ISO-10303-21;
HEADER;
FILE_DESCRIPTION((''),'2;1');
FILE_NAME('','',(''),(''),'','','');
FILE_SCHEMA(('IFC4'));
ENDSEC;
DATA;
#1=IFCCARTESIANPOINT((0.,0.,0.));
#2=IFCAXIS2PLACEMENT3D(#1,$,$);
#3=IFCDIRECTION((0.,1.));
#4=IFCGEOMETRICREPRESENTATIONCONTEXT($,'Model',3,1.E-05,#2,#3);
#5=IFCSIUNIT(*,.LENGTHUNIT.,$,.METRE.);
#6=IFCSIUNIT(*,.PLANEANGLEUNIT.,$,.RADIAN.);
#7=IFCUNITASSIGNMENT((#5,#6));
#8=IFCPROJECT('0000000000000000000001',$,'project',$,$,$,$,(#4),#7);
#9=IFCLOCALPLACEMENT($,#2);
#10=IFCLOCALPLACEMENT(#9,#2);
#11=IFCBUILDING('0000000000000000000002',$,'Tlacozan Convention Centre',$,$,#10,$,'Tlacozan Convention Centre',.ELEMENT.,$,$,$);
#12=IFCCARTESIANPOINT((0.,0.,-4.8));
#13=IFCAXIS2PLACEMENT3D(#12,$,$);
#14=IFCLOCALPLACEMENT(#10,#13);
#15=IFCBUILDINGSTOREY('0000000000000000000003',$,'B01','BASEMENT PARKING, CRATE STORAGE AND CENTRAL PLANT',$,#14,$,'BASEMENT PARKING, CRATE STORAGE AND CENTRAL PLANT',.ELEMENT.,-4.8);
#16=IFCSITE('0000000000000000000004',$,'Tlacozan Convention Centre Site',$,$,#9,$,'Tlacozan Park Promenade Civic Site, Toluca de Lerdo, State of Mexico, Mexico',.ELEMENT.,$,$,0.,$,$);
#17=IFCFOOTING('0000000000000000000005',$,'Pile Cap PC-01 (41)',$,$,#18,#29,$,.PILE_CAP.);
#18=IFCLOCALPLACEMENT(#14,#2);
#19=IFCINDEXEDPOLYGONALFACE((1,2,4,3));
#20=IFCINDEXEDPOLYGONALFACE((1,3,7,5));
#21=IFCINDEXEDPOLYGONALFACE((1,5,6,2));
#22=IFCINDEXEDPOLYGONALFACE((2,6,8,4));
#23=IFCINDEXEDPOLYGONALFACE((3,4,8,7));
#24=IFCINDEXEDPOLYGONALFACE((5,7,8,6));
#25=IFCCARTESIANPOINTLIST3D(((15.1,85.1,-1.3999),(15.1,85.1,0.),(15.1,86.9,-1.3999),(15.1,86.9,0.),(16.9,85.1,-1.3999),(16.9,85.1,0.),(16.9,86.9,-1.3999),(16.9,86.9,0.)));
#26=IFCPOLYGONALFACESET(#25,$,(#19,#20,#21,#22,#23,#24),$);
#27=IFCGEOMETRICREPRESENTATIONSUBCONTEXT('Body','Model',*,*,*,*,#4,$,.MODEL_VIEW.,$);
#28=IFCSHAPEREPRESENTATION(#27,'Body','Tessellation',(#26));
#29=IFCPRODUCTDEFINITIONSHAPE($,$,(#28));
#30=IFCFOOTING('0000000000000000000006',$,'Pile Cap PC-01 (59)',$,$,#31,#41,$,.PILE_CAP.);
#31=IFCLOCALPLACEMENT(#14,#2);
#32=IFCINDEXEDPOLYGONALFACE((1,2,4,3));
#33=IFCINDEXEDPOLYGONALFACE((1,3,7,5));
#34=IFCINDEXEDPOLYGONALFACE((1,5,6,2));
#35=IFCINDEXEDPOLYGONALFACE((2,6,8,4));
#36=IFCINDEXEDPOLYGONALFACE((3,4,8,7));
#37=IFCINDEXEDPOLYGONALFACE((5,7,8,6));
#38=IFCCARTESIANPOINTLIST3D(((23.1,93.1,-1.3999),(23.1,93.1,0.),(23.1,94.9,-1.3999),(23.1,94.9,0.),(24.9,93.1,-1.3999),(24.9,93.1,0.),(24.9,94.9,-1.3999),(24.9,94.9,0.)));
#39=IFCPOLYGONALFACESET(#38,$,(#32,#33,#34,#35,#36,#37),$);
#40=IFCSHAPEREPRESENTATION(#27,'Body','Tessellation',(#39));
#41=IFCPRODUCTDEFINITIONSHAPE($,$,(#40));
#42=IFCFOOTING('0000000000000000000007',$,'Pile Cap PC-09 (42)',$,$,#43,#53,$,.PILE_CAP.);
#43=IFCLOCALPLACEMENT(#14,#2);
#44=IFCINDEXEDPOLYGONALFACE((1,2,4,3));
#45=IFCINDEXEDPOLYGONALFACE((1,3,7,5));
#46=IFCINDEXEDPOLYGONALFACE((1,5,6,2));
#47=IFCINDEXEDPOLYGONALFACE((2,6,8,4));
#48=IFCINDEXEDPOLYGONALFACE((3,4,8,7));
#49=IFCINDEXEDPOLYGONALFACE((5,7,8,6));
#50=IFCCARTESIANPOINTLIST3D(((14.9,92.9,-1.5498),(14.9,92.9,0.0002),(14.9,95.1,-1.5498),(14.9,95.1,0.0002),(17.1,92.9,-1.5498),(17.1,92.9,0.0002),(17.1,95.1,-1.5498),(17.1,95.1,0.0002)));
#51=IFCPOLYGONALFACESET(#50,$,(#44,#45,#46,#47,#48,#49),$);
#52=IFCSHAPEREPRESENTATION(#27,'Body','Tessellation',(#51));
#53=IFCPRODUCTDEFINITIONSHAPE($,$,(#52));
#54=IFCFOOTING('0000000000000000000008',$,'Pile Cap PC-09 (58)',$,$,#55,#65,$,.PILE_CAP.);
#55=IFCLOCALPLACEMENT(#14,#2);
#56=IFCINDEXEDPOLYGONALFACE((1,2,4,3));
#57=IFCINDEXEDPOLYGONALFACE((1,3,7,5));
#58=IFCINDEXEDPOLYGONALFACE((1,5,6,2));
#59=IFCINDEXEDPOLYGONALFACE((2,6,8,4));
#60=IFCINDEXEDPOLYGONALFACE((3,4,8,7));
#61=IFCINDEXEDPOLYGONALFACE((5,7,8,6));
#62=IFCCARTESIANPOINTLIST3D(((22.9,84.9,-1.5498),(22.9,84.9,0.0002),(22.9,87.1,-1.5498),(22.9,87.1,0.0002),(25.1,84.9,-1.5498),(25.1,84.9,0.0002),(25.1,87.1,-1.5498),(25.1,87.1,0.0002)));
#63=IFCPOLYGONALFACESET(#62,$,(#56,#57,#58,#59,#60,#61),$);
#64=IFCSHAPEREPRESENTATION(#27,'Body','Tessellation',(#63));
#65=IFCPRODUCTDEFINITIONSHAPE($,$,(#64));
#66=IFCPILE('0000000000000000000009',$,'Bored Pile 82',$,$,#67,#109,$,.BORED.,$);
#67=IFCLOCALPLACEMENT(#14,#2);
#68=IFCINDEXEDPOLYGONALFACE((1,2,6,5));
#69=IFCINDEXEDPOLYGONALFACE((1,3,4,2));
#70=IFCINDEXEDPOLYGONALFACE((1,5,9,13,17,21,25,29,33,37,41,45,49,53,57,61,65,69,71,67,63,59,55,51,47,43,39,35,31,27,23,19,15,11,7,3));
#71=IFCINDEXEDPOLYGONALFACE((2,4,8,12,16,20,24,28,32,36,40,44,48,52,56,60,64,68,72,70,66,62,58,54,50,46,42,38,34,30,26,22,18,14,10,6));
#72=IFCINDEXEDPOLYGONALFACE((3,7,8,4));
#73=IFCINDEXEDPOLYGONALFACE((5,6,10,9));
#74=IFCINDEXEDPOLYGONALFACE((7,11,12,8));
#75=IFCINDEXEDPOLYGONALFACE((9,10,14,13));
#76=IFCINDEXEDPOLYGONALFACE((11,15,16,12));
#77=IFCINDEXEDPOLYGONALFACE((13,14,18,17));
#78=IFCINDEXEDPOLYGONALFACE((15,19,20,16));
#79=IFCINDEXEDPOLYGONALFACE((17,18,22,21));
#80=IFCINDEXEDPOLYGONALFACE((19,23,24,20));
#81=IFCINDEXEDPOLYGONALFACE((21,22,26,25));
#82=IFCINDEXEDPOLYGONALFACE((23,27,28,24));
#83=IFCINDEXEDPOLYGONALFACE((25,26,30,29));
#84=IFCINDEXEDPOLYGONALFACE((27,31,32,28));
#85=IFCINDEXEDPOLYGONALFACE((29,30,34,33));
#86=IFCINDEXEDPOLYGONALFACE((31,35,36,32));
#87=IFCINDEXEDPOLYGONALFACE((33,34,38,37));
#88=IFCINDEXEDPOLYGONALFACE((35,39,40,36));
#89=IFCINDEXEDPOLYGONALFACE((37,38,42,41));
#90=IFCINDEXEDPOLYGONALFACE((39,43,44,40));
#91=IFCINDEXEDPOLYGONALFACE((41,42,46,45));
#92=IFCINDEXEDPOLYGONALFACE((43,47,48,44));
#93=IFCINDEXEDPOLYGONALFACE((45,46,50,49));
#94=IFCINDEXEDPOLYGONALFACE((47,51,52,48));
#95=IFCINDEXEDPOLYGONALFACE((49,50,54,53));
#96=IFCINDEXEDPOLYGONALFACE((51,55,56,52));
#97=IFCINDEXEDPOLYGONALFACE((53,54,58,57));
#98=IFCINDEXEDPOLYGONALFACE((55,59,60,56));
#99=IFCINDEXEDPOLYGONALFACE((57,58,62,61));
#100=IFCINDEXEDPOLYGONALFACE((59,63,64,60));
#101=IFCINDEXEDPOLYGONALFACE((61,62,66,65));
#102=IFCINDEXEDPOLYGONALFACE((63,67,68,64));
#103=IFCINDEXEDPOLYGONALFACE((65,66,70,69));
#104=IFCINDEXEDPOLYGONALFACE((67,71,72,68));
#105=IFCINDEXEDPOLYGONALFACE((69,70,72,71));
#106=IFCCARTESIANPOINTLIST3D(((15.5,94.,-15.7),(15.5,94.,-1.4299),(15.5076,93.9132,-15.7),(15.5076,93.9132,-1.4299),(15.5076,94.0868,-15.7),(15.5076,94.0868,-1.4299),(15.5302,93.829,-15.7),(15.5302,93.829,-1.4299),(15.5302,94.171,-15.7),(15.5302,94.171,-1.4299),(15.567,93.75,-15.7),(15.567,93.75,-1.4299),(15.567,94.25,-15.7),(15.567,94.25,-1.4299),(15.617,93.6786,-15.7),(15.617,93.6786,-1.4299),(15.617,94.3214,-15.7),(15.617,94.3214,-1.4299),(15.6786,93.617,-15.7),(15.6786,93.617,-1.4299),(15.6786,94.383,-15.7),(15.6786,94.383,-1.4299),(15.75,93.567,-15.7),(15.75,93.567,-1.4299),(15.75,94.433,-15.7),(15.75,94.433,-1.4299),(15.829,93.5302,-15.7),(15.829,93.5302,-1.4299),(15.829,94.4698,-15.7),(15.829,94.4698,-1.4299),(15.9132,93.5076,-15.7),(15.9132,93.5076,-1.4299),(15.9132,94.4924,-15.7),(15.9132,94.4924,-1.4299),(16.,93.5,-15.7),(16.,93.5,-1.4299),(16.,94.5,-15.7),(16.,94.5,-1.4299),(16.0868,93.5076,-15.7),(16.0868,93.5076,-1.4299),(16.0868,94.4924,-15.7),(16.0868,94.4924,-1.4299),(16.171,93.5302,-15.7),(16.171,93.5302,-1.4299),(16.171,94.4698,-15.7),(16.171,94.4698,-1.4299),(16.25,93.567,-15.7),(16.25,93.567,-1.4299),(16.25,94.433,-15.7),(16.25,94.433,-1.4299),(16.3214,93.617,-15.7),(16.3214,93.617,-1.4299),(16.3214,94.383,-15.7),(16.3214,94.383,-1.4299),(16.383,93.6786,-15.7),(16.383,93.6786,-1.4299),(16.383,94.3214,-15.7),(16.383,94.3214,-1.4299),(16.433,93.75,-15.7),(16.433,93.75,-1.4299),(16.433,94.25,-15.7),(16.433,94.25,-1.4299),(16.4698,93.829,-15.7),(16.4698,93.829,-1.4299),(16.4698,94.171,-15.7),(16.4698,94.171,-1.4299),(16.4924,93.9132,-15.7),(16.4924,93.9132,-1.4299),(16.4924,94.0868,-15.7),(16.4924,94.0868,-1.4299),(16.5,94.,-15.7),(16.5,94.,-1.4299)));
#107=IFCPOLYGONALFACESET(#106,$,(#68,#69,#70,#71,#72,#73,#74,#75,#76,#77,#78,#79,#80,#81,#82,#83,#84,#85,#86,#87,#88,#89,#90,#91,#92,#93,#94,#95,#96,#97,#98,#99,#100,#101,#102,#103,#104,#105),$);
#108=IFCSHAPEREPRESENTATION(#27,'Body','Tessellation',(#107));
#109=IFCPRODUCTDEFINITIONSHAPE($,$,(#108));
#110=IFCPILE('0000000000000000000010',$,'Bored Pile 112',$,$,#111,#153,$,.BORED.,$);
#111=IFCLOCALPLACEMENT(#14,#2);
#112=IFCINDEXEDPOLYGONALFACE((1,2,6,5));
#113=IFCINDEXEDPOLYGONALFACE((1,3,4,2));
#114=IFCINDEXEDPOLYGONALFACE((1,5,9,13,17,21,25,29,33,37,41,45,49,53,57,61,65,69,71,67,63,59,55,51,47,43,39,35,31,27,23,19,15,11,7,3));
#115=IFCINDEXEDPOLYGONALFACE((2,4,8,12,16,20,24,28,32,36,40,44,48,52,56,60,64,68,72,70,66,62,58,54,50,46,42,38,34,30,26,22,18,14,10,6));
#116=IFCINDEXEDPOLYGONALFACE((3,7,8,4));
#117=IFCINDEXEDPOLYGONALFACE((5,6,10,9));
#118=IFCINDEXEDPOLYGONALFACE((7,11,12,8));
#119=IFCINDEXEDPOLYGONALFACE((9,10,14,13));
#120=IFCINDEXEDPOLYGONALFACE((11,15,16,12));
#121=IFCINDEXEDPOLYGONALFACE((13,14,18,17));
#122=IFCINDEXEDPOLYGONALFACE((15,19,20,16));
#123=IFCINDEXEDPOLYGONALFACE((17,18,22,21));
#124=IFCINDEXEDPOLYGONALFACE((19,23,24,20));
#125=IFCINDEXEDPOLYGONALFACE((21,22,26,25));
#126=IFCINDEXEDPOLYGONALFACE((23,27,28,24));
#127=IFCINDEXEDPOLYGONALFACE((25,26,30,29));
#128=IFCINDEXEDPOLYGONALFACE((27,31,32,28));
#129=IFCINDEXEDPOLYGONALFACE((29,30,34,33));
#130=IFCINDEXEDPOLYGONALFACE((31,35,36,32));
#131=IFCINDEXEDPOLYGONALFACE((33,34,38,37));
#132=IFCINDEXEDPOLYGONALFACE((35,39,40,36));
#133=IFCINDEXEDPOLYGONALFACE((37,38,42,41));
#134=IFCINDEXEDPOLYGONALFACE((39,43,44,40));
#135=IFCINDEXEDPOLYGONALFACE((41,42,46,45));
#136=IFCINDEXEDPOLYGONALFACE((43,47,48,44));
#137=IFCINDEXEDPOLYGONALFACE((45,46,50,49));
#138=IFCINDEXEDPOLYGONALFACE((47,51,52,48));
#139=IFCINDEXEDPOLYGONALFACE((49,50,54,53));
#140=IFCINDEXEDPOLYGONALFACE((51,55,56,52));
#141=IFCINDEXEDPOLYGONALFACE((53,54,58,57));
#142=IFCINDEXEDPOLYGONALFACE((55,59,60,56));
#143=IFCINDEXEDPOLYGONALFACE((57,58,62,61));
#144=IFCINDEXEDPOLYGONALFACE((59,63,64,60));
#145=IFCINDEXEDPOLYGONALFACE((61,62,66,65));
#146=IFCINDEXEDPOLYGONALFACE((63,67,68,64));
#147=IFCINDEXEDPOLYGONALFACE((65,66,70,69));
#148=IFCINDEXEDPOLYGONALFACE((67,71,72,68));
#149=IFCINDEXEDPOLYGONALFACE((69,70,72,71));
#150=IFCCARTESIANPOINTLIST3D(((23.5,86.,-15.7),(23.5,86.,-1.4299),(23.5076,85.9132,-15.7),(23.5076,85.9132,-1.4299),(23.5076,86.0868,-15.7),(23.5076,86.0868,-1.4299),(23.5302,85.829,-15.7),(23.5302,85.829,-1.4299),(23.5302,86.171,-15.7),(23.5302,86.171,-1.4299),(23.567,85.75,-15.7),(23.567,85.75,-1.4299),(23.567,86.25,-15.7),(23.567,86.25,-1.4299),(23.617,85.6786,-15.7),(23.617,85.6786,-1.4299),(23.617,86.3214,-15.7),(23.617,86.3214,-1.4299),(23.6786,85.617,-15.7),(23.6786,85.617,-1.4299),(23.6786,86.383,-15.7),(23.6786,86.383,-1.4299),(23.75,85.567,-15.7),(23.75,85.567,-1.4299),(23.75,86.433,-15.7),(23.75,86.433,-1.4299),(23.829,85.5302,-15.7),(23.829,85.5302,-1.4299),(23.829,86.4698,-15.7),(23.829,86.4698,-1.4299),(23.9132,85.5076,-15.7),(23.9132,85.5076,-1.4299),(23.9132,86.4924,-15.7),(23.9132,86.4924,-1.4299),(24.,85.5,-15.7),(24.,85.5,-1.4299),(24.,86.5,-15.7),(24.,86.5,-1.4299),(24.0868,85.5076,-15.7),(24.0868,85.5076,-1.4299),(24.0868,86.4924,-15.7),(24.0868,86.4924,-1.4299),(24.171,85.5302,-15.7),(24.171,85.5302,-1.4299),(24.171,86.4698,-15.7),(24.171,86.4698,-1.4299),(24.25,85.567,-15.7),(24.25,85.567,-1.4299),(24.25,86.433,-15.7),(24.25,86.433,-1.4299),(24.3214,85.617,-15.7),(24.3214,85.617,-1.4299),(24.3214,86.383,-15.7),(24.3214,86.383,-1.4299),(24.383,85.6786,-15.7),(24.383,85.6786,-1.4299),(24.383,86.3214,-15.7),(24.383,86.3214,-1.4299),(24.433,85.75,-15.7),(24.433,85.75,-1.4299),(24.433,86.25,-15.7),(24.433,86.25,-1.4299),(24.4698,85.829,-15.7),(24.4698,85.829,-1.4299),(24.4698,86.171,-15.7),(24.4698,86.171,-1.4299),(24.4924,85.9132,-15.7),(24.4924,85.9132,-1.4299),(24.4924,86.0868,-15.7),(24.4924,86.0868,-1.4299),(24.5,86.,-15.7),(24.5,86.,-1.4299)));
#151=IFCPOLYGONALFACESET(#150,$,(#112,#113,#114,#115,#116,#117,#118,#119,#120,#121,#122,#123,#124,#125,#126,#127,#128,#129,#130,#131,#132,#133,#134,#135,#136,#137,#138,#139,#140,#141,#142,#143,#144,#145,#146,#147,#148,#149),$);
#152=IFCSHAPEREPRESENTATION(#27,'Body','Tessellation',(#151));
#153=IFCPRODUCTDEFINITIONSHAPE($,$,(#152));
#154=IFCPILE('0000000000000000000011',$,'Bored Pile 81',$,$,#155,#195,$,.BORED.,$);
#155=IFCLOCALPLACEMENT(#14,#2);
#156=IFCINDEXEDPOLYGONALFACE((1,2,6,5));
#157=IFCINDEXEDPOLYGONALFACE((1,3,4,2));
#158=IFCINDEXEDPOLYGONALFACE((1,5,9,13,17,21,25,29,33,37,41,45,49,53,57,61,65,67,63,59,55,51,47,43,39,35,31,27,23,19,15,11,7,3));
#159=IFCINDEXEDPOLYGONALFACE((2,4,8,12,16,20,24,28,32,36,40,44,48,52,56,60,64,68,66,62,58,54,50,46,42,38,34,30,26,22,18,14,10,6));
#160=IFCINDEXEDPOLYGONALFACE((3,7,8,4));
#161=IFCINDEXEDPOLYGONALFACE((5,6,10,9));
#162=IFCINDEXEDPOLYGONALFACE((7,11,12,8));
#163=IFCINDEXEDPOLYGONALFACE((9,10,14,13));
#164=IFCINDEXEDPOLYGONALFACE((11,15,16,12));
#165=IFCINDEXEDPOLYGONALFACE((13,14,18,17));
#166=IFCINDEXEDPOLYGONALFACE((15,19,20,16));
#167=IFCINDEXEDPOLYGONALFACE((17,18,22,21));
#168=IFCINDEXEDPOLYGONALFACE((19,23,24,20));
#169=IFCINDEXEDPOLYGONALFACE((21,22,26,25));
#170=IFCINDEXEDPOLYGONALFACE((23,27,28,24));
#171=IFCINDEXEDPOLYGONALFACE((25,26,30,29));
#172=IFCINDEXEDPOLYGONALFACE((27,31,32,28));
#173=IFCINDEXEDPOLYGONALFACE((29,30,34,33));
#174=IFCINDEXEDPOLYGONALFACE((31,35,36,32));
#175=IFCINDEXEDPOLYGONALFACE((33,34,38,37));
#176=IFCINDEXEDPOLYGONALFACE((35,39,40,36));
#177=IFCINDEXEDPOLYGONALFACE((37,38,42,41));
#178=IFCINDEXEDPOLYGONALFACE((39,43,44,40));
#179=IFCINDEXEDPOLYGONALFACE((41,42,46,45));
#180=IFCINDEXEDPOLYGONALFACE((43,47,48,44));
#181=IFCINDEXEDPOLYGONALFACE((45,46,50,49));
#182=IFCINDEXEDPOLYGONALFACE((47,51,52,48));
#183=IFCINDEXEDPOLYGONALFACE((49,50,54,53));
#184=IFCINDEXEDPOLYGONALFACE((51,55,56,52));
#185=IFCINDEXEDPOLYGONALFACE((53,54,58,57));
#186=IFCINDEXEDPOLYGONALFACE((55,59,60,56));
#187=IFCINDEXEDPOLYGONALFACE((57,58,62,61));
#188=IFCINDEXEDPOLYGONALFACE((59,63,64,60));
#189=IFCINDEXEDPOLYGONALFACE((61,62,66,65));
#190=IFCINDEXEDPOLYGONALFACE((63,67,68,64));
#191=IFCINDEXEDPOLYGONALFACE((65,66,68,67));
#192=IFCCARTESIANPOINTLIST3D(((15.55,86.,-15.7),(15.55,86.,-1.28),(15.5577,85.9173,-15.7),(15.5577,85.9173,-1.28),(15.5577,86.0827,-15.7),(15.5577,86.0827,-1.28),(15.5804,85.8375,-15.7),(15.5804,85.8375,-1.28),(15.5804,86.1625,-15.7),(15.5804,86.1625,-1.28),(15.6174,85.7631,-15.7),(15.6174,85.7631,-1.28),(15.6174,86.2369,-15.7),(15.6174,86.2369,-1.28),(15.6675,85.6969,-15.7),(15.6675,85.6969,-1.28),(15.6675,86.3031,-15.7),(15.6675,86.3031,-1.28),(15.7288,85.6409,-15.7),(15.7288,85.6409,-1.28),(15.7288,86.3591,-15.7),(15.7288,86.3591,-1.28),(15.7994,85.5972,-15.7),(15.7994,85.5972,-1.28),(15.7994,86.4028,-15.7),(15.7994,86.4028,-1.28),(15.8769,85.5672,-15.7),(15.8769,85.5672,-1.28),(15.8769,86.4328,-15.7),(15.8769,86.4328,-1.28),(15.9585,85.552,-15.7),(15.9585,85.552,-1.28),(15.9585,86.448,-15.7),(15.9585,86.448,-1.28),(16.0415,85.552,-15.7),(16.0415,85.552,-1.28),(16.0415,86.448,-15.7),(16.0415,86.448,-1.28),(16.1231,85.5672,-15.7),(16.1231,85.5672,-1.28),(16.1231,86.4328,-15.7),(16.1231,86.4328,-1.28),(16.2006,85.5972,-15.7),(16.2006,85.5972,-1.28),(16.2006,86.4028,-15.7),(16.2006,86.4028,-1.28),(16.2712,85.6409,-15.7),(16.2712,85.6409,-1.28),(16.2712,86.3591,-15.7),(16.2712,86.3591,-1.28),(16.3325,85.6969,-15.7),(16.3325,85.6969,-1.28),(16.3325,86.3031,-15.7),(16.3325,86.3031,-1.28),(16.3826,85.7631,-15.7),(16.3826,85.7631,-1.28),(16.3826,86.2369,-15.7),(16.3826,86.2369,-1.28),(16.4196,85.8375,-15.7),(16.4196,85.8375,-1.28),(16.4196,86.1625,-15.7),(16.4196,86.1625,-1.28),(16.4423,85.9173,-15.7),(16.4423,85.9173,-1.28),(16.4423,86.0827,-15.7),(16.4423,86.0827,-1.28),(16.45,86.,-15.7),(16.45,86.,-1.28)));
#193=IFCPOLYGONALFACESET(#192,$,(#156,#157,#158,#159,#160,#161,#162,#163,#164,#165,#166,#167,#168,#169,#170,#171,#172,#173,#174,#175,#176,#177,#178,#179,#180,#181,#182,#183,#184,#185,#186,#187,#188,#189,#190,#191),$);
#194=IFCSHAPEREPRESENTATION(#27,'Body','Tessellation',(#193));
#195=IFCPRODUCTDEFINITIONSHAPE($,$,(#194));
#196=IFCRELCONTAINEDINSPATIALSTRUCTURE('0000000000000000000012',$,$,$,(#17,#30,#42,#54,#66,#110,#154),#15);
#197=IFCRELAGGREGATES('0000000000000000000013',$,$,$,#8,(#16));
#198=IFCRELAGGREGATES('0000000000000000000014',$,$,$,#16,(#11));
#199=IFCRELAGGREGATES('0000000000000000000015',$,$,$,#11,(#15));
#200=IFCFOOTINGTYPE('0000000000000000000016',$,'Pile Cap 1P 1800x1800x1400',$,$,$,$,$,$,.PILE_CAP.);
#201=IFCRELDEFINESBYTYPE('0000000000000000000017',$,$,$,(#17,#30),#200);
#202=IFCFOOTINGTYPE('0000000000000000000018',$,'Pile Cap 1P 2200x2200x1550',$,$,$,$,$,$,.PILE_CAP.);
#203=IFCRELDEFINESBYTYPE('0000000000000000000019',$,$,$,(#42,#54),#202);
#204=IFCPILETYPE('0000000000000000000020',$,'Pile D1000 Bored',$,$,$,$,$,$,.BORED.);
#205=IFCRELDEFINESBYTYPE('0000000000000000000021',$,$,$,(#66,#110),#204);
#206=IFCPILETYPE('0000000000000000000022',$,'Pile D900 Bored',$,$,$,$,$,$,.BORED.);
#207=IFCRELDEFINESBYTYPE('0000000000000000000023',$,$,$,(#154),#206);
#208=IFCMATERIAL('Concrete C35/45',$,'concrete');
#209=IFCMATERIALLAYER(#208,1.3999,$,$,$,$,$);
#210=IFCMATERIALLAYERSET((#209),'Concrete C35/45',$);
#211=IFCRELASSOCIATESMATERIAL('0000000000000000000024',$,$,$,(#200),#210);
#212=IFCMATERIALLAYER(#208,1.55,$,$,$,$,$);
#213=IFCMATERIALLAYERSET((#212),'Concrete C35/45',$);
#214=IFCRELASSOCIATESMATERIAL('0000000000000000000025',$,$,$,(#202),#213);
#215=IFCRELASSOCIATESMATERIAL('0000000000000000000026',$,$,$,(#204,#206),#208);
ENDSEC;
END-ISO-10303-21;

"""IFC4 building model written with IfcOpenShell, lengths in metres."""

from ifc_helpers import new_model, si_unit, direction, frame, origin, origin_2d, place, context, subcontext, project, spatial, rectangle, circle, extrude, material, layer, layer_set, material_profile, profile_set, type_object, element, save


model = new_model("IFC4")

# Units and contexts
model_context = context("Model", 3, precision=1e-05, world=origin(), true_north=direction((0.0, 1.0)))
body_context = subcontext(model_context, "Body", "Model", "MODEL_VIEW")
ifc_project = project(units=[si_unit("LENGTHUNIT", "METRE"), si_unit("PLANEANGLEUNIT", "RADIAN")], contexts=[model_context])

# Site, building, storey
site_placement = place(None, origin())
site = spatial("IfcSite", under=ifc_project, at=site_placement, Name="Tlacozan Convention Centre Site", LongName="Tlacozan Park Promenade Civic Site, Toluca de Lerdo, State of Mexico, Mexico", CompositionType="ELEMENT", RefElevation=0.0)
building_placement = place(site_placement, origin())
building = spatial("IfcBuilding", under=site, at=building_placement, Name="Tlacozan Convention Centre", LongName="Tlacozan Convention Centre", CompositionType="ELEMENT")
storey_placement = place(building_placement, frame((0.0, 0.0, -4.8)))
storey = spatial("IfcBuildingStorey", under=building, at=storey_placement, Name="B01", Description="BASEMENT PARKING, CRATE STORAGE AND CENTRAL PLANT", LongName="BASEMENT PARKING, CRATE STORAGE AND CENTRAL PLANT", CompositionType="ELEMENT", Elevation=-4.8)

# Footings
ifc_material_1 = material(Name="Concrete C35/45", Category="concrete")
ifc_layer_1 = layer(ifc_material_1, 1.3999)
ifc_layer_set_1 = layer_set([ifc_layer_1], Name="Concrete C35/45")
footing_type_1 = type_object("IfcFootingType", Name="Pile Cap 1P 1800x1800x1400", PredefinedType="PILE_CAP", material=ifc_layer_set_1)
for number, where, z_axis, x_axis, name in (
    (1, (16.0, 86.0, -1.3999), (0.0, 0.0, 1.0), (1.0, 0.0, 0.0), "Pile Cap PC-01 (41)"),
    (2, (24.0, 94.0, -1.3999), (0.0, 0.0, 1.0), (1.0, 0.0, 0.0), "Pile Cap PC-01 (59)"),
):
    element("IfcFooting", number, at=place(storey_placement, frame(where, z_axis=z_axis, x_axis=x_axis)), inside=storey, type_object=footing_type_1, Name=name, PredefinedType="PILE_CAP", context=body_context, shape_type="SweptSolid", body=[
        extrude(rectangle(XDim=1.8, YDim=1.8, at=origin_2d()), origin(), (0.0, 0.0, 1.0), 1.3999),
    ])
ifc_layer_2 = layer(ifc_material_1, 1.55)
ifc_layer_set_2 = layer_set([ifc_layer_2], Name="Concrete C35/45")
footing_type_2 = type_object("IfcFootingType", Name="Pile Cap 1P 2200x2200x1550", PredefinedType="PILE_CAP", material=ifc_layer_set_2)
for number, where, z_axis, x_axis, name in (
    (3, (16.0, 94.0, -1.5498), (0.0, 0.0, 1.0), (1.0, 0.0, 0.0), "Pile Cap PC-09 (42)"),
    (4, (24.0, 86.0, -1.5498), (0.0, 0.0, 1.0), (1.0, 0.0, 0.0), "Pile Cap PC-09 (58)"),
):
    element("IfcFooting", number, at=place(storey_placement, frame(where, z_axis=z_axis, x_axis=x_axis)), inside=storey, type_object=footing_type_2, Name=name, PredefinedType="PILE_CAP", context=body_context, shape_type="SweptSolid", body=[
        extrude(rectangle(XDim=2.2, YDim=2.2, at=origin_2d()), origin(), (0.0, 0.0, 1.0), 1.55),
    ])

# Piles
ifc_material_profile_1 = material_profile(ifc_material_1, circle(Radius=0.5, at=origin_2d()), Name="PILE D1000")
ifc_profile_set_1 = profile_set([ifc_material_profile_1], Name="Concrete C35/45")
pile_type_1 = type_object("IfcPileType", Name="Pile D1000 Bored", PredefinedType="BORED", material=ifc_profile_set_1)
for number, where, z_axis, x_axis, name in (
    (5, (16.0, 94.0, -1.4299), (0.0, 0.0, -1.0), (1.0, 0.0, 0.0), "Bored Pile 82"),
    (6, (24.0, 86.0, -1.4299), (0.0, 0.0, -1.0), (1.0, 0.0, 0.0), "Bored Pile 112"),
):
    element("IfcPile", number, at=place(storey_placement, frame(where, z_axis=z_axis, x_axis=x_axis)), inside=storey, type_object=pile_type_1, Name=name, PredefinedType="BORED", context=body_context, shape_type="SweptSolid", body=[
        extrude(circle(Radius=0.5, at=origin_2d()), origin(), (0.0, 0.0, 1.0), 14.27),
    ])
ifc_material_profile_2 = material_profile(ifc_material_1, circle(Radius=0.45, at=origin_2d()), Name="PILE D900")
ifc_profile_set_2 = profile_set([ifc_material_profile_2], Name="Concrete C35/45")
pile_type_2 = type_object("IfcPileType", Name="Pile D900 Bored", PredefinedType="BORED", material=ifc_profile_set_2)
pile_placement = place(storey_placement, frame((16.0, 86.0, -1.28), z_axis=(0.0, 0.0, -1.0), x_axis=(1.0, 0.0, 0.0)))
element("IfcPile", 7, at=pile_placement, inside=storey, type_object=pile_type_2, Name="Bored Pile 81", PredefinedType="BORED", context=body_context, shape_type="SweptSolid", body=[
    extrude(circle(Radius=0.45, at=origin_2d()), origin(), (0.0, 0.0, 1.0), 14.4199),
])

save(model, "model.ifc")
